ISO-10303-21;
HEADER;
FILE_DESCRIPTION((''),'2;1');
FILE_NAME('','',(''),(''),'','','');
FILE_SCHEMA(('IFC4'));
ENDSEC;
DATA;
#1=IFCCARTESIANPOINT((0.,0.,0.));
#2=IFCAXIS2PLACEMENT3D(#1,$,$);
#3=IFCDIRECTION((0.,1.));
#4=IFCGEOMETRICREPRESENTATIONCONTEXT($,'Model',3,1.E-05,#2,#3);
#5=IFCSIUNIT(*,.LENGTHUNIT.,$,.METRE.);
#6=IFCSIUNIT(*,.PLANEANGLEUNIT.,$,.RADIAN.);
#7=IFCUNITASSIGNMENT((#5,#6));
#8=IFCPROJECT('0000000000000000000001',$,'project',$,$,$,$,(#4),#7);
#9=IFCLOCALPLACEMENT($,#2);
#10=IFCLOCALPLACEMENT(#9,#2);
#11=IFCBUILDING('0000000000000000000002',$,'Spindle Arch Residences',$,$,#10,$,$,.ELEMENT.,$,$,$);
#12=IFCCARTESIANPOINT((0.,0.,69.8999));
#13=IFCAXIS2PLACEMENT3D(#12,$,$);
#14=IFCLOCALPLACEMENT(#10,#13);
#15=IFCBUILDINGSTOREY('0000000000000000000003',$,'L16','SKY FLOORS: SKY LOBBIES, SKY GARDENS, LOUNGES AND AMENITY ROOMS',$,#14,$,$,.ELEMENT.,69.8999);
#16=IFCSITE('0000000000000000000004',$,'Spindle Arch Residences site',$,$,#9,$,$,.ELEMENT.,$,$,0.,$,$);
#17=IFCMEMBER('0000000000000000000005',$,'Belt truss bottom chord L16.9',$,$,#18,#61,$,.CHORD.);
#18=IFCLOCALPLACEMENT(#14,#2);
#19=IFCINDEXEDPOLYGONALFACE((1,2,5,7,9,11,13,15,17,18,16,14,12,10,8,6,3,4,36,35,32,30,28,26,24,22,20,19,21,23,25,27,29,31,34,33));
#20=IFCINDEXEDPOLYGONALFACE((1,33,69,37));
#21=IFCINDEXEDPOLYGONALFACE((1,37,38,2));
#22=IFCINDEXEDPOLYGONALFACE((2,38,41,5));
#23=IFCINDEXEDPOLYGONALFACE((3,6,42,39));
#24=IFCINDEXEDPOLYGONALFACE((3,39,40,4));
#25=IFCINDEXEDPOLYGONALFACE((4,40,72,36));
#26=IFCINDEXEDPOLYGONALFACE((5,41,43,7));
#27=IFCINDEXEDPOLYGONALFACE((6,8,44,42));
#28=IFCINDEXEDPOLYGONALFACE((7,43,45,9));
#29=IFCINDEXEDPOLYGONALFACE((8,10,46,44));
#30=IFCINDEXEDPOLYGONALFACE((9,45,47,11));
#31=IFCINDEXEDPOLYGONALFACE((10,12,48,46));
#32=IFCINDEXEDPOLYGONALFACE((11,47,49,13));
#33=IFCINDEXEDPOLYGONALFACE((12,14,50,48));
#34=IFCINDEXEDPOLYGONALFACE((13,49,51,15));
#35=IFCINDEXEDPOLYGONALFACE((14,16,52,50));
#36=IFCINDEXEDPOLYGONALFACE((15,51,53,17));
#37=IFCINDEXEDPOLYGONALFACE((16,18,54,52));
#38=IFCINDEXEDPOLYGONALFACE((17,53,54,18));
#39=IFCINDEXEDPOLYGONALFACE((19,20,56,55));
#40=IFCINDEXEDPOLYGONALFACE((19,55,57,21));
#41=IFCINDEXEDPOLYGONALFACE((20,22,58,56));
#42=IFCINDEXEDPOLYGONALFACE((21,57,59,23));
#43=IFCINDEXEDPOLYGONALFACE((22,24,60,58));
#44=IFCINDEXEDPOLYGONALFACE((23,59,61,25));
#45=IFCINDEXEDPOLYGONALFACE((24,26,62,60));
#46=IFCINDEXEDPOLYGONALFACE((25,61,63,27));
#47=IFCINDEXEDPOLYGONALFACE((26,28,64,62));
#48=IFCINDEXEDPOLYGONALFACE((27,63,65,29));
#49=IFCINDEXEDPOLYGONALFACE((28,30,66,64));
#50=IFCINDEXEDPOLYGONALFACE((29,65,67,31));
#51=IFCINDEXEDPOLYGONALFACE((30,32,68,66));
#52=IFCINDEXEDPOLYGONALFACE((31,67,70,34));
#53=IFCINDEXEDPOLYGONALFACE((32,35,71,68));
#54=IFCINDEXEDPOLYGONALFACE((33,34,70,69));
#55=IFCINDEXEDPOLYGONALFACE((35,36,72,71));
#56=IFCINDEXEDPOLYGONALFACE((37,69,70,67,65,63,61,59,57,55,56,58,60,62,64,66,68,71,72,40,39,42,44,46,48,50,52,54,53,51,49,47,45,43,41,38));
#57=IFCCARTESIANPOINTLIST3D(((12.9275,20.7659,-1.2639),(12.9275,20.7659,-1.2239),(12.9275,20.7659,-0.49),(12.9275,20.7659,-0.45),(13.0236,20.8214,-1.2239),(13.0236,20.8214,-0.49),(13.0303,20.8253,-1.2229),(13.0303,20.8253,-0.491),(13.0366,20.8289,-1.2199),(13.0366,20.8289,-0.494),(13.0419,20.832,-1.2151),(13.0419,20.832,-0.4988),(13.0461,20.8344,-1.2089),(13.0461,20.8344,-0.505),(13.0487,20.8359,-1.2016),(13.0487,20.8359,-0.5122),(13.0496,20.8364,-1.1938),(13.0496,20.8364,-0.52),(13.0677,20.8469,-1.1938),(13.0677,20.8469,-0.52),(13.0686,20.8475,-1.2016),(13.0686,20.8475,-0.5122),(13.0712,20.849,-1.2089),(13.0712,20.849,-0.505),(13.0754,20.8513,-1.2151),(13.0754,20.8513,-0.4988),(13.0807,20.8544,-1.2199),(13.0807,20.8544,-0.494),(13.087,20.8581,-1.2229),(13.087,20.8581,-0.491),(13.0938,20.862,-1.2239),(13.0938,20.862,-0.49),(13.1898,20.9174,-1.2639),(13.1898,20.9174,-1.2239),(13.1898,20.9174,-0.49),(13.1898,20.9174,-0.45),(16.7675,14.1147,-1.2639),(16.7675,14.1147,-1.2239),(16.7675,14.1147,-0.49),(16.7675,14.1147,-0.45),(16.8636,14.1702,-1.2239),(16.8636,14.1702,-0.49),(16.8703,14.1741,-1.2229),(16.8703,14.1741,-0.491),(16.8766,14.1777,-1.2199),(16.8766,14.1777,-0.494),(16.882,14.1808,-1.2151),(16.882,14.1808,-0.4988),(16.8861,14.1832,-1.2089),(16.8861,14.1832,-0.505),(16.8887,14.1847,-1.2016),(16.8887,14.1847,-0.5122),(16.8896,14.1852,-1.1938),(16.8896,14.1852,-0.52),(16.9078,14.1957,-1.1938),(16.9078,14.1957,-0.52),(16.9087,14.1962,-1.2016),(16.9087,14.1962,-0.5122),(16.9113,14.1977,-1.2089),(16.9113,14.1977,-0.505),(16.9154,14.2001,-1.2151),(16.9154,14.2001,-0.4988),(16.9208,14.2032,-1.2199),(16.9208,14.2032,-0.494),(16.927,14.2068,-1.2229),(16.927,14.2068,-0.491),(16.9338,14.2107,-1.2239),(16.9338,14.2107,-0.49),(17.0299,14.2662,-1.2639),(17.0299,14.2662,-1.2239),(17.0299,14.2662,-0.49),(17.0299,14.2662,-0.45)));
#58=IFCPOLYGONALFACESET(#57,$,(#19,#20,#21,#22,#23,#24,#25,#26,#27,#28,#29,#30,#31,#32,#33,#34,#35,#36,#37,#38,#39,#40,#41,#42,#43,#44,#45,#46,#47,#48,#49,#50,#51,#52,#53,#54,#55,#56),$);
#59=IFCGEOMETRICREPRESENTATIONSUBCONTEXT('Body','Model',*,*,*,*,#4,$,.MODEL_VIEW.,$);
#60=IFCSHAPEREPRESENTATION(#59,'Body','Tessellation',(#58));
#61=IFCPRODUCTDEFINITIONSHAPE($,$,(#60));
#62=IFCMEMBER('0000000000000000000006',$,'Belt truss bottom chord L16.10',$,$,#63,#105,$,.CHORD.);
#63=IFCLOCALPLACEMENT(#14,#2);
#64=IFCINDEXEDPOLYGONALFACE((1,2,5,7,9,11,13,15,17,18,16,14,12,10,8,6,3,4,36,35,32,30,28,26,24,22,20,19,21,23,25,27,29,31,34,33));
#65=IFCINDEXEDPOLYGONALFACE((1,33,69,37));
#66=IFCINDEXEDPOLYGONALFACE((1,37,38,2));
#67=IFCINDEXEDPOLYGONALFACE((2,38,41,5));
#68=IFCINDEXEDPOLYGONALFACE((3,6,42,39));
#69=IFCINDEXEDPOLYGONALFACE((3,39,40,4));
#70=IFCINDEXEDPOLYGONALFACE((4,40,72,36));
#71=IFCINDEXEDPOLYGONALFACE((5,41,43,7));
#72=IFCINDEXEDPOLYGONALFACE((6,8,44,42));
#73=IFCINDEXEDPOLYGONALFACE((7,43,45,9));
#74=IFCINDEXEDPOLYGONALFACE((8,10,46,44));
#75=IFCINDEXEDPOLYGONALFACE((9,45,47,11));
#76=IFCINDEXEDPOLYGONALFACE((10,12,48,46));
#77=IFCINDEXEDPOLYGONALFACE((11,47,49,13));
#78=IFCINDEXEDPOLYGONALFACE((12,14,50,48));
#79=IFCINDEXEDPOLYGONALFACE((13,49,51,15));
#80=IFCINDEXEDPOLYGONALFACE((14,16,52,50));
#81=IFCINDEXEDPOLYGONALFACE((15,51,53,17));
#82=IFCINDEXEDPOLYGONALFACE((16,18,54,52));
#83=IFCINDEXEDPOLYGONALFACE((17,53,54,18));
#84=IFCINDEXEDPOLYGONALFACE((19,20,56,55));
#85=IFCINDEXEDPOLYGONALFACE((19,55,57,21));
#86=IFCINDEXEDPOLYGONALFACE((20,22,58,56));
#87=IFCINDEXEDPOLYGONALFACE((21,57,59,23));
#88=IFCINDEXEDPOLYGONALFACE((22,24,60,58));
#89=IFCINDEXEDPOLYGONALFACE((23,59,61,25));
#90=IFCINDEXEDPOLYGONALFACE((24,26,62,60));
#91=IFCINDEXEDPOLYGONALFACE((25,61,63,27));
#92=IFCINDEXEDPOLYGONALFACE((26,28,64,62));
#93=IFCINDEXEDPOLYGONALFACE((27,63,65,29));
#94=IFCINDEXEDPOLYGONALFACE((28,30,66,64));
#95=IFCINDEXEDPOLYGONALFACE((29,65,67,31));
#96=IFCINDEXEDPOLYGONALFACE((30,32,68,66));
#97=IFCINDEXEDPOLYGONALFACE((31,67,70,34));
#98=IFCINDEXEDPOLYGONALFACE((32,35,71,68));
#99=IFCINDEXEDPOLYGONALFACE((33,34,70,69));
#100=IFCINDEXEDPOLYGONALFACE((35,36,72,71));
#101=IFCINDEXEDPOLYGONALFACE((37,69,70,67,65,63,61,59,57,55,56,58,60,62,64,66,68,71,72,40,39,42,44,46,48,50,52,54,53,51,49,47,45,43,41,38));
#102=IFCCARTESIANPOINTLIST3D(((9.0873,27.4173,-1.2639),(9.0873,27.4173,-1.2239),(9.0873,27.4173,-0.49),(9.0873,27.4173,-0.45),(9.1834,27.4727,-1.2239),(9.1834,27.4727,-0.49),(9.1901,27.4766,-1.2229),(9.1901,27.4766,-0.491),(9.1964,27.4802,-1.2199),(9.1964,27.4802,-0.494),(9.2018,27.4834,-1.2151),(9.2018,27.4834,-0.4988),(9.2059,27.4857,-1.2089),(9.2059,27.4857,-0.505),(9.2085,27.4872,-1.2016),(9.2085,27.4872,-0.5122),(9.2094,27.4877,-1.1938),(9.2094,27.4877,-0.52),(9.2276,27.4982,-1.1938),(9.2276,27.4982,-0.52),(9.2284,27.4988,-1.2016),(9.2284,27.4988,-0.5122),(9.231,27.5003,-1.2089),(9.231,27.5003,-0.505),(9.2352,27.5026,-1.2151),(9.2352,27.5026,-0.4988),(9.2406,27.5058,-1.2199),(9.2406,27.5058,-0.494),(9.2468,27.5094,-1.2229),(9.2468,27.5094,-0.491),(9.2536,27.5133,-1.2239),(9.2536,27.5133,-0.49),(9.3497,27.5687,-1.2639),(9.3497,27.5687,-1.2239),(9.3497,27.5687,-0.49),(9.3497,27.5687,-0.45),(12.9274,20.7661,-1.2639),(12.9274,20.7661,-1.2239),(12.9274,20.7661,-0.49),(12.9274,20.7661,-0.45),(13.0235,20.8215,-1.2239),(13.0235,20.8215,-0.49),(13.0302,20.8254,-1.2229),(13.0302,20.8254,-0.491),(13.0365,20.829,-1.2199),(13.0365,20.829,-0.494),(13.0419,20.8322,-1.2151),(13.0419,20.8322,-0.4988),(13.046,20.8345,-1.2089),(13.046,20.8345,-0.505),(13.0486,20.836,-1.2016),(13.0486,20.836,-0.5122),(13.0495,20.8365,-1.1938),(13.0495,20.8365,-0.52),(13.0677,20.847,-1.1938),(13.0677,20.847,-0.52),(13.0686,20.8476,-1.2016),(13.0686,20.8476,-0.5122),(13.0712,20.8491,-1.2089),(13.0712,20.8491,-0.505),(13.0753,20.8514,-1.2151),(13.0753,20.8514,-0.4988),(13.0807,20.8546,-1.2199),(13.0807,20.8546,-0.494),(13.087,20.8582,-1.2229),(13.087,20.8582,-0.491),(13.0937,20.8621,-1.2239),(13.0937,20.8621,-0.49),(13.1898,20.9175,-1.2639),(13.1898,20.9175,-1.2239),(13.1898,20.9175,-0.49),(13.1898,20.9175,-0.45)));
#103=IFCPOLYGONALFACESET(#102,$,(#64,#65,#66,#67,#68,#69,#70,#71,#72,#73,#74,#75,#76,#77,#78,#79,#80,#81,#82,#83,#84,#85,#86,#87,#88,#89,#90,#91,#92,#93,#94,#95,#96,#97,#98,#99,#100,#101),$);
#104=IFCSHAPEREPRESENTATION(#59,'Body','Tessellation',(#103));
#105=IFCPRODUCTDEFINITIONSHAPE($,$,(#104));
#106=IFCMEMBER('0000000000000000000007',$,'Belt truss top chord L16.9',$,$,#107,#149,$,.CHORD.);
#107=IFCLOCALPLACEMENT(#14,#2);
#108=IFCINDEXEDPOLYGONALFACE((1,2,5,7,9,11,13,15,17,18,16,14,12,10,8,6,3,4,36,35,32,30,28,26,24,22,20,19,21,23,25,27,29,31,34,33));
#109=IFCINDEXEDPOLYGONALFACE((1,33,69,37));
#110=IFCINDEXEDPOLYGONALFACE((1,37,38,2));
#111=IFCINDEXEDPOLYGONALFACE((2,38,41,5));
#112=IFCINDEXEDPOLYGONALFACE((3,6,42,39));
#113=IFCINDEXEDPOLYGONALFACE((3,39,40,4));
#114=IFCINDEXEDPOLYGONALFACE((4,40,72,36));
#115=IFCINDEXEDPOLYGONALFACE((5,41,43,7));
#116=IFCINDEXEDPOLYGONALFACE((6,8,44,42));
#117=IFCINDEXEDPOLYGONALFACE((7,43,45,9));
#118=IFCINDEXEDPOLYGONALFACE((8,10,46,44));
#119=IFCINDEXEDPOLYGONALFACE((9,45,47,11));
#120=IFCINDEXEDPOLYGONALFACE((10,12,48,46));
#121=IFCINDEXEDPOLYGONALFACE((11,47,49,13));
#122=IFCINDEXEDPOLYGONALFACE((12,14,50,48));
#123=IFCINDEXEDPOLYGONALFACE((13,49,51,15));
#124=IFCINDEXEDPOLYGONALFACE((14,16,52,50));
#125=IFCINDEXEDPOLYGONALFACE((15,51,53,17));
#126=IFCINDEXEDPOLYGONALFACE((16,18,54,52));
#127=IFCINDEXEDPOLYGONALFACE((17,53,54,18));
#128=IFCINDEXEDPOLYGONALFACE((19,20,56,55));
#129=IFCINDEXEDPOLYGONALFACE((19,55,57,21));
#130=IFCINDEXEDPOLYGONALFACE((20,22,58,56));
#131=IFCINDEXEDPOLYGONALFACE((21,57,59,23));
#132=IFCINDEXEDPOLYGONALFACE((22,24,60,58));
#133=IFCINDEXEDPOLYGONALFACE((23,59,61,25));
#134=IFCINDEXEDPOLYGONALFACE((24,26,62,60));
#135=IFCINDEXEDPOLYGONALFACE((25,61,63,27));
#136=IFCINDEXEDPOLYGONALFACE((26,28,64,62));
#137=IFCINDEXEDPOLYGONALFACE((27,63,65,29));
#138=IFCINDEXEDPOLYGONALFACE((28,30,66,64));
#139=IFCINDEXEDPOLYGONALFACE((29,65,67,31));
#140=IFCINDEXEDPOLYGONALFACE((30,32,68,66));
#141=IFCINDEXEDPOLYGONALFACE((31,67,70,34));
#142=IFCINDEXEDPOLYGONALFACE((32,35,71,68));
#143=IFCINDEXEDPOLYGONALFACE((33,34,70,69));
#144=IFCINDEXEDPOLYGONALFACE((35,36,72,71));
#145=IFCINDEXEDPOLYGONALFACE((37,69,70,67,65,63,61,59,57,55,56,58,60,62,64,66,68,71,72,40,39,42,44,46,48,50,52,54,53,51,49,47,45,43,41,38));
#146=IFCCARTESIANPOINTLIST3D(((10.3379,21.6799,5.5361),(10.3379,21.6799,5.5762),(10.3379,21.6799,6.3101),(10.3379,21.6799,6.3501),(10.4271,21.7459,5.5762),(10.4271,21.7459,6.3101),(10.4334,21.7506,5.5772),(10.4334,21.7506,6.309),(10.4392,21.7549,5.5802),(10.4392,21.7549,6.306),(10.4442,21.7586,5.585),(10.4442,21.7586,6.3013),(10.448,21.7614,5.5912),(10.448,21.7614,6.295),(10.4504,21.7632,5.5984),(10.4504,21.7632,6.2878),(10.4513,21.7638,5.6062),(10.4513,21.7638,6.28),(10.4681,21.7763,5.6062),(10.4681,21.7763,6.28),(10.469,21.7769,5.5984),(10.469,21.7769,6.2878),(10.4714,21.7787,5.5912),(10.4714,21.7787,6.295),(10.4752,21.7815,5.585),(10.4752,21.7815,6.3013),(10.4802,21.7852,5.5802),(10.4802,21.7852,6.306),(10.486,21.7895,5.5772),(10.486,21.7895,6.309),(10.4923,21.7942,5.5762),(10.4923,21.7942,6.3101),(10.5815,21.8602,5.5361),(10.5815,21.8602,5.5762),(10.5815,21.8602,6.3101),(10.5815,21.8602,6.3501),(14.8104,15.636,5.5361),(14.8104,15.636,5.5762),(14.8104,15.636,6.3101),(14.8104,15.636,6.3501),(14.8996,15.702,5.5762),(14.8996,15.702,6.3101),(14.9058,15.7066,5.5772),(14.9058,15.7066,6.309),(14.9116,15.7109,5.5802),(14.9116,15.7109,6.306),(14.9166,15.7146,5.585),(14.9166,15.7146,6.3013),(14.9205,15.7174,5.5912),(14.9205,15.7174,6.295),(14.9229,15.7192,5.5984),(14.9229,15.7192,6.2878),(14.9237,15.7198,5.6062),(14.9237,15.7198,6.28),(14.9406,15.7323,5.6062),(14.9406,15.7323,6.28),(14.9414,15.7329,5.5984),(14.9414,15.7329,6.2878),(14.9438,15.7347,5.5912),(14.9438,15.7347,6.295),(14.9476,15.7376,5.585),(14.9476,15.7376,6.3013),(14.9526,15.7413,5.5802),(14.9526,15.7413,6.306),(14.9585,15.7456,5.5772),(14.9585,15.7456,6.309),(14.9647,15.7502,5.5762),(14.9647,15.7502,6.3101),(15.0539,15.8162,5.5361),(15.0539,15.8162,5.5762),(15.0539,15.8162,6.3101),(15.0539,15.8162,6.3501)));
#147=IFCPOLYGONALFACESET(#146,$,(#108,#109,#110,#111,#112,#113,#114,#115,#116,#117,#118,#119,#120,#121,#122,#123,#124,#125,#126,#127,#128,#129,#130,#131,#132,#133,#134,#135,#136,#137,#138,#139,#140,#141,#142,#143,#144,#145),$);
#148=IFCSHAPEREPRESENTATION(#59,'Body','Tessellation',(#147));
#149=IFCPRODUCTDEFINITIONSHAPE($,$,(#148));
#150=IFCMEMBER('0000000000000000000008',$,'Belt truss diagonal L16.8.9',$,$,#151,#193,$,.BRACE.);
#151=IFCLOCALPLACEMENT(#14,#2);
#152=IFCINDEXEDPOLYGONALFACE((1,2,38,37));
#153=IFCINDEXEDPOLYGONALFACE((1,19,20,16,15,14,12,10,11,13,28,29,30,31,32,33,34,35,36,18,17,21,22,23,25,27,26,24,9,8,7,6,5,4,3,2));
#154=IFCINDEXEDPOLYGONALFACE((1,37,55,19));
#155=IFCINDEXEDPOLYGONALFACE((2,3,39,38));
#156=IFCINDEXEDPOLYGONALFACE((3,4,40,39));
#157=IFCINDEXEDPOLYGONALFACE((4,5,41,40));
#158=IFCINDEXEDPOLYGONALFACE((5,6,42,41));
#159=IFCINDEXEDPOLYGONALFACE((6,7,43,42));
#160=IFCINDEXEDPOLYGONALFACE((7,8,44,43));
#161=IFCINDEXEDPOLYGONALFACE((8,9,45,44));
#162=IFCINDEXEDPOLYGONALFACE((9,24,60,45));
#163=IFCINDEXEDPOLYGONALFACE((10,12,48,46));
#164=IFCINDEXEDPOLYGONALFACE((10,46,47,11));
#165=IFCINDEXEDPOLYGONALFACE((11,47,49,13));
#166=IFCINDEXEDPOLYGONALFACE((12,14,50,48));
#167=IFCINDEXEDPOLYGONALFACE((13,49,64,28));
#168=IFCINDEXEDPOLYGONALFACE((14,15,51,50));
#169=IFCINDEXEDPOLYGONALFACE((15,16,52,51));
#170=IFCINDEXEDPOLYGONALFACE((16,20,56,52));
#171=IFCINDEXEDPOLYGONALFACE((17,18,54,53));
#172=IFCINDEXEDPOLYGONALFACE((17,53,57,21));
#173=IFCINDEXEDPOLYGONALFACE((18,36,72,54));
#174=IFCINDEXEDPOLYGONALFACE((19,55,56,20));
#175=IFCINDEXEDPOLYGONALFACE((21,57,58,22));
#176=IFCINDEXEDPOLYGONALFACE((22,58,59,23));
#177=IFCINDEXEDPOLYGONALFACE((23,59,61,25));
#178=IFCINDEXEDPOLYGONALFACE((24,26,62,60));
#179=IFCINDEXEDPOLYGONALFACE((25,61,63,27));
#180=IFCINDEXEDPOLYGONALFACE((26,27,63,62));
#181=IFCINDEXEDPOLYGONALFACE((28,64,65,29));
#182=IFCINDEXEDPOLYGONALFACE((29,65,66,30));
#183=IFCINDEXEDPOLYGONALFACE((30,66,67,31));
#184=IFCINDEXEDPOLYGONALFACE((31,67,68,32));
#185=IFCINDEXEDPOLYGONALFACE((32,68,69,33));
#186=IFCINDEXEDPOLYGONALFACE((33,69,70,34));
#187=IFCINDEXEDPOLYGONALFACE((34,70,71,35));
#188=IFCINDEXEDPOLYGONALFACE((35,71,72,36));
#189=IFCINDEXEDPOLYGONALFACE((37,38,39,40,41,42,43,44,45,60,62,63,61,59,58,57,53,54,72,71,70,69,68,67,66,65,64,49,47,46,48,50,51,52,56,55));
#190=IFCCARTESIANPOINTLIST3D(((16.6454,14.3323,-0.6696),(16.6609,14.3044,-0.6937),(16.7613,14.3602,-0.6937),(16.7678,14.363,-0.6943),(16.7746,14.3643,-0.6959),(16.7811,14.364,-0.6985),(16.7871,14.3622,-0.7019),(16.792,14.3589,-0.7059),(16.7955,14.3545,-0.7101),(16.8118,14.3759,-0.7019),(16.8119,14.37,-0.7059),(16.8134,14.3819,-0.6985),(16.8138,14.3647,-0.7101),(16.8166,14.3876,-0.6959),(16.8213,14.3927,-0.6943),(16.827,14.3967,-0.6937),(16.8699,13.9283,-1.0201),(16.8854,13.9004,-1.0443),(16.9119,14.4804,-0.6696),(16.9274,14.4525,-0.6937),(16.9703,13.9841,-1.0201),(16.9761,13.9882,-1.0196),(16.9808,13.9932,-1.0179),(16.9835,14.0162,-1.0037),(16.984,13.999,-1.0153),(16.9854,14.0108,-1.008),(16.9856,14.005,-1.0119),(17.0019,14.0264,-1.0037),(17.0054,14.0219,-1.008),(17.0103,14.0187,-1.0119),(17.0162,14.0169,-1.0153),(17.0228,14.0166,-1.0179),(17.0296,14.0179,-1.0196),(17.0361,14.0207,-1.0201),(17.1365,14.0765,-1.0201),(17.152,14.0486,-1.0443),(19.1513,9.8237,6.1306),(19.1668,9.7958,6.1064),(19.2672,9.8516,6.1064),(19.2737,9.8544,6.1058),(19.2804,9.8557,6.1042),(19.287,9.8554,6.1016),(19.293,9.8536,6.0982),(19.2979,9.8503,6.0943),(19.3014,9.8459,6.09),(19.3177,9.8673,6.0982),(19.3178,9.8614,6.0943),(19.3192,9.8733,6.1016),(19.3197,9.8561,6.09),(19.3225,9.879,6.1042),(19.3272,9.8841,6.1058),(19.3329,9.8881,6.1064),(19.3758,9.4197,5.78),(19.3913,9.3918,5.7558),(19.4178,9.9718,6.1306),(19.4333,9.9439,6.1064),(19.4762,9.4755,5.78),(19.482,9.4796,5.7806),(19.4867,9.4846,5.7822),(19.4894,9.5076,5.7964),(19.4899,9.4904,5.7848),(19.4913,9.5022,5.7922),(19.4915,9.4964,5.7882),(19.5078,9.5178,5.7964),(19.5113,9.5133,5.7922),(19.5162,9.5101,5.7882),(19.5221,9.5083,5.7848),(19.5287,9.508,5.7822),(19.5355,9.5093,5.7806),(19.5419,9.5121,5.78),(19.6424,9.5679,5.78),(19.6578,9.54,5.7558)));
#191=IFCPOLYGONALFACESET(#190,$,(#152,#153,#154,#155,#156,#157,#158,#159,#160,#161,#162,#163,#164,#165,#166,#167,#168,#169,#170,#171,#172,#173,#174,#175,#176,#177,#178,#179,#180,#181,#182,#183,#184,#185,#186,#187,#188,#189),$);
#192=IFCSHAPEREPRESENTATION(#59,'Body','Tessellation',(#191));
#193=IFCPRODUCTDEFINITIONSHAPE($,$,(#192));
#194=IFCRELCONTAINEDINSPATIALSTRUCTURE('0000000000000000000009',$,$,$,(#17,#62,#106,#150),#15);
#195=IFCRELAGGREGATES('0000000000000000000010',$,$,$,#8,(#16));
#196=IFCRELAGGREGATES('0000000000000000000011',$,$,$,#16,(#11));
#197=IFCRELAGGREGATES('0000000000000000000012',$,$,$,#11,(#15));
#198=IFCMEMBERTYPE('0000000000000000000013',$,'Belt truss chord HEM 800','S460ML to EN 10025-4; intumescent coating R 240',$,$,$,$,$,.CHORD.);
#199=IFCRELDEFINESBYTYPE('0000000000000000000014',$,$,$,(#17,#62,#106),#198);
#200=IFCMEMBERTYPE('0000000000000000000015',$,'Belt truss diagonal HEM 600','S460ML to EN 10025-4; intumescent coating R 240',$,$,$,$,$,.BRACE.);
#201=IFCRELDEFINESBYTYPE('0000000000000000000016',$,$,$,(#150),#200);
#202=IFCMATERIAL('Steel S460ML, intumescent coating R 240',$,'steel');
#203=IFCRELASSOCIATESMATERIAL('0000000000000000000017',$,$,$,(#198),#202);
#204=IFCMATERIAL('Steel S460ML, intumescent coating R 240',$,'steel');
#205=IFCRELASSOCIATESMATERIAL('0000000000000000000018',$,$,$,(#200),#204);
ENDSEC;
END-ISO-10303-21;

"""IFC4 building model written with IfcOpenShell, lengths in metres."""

from ifc_helpers import new_model, si_unit, direction, frame, origin, origin_2d, place, context, subcontext, project, spatial, i_section, extrude, material, material_profile, profile_set, type_object, element, save


model = new_model("IFC4")

# Units and contexts
model_context = context("Model", 3, precision=1e-05, world=origin(), true_north=direction((0.0, 1.0)))
body_context = subcontext(model_context, "Body", "Model", "MODEL_VIEW")
ifc_project = project(units=[si_unit("LENGTHUNIT", "METRE"), si_unit("PLANEANGLEUNIT", "RADIAN")], contexts=[model_context])

# Site, building, storey
site_placement = place(None, origin())
site = spatial("IfcSite", under=ifc_project, at=site_placement, Name="Spindle Arch Residences site", CompositionType="ELEMENT", RefElevation=0.0)
building_placement = place(site_placement, origin())
building = spatial("IfcBuilding", under=site, at=building_placement, Name="Spindle Arch Residences", CompositionType="ELEMENT")
storey_placement = place(building_placement, frame((0.0, 0.0, 69.8999)))
storey = spatial("IfcBuildingStorey", under=building, at=storey_placement, Name="L16", Description="SKY FLOORS: SKY LOBBIES, SKY GARDENS, LOUNGES AND AMENITY ROOMS", CompositionType="ELEMENT", Elevation=69.8999)

# Members
ifc_material_1 = material(Name="Steel S460ML, intumescent coating R 240", Category="steel")
ifc_material_profile_1 = material_profile(ifc_material_1, i_section(OverallWidth=0.303, OverallDepth=0.814, WebThickness=0.021, FlangeThickness=0.04, FilletRadius=0.03, at=origin_2d()), Name="HEM 800")
ifc_profile_set_1 = profile_set([ifc_material_profile_1], Name="Steel S460ML, intumescent coating R 240")
member_type_1 = type_object("IfcMemberType", Name="Belt truss chord HEM 800", Description="S460ML to EN 10025-4; intumescent coating R 240", PredefinedType="CHORD", material=ifc_profile_set_1)
for number, where, z_axis, x_axis, name in (
    (1, (16.8987, 14.1904, -0.8569), (-0.499992, 0.86603, 0.0), (-0.86603, -0.499992, 0.0), "Belt truss bottom chord L16.9"),
    (2, (13.0586, 20.8418, -0.8569), (-0.500006, 0.866022, 0.0), (-0.866022, -0.500006, 0.0), "Belt truss bottom chord L16.10"),
):
    element("IfcMember", number, at=place(storey_placement, frame(where, z_axis=z_axis, x_axis=x_axis)), inside=storey, type_object=member_type_1, Name=name, PredefinedType="CHORD", context=body_context, shape_type="SweptSolid", body=[
        extrude(i_section(OverallWidth=0.303, OverallDepth=0.814, WebThickness=0.021, FlangeThickness=0.04, FilletRadius=0.03, at=origin_2d()), origin(), (0.0, 0.0, 1.0), 7.6802),
    ])
member_1_placement = place(storey_placement, frame((14.9321, 15.7261, 5.9431), z_axis=(-0.594834, 0.803849, 0.0), x_axis=(-0.803849, -0.594834, 0.0)))
element("IfcMember", 3, at=member_1_placement, inside=storey, type_object=member_type_1, Name="Belt truss top chord L16.9", PredefinedType="CHORD", context=body_context, shape_type="SweptSolid", body=[
    extrude(i_section(OverallWidth=0.303, OverallDepth=0.814, WebThickness=0.021, FlangeThickness=0.04, FilletRadius=0.03, at=origin_2d()), origin(), (0.0, 0.0, 1.0), 7.5188),
])
ifc_material_2 = material(Name="Steel S460ML, intumescent coating R 240", Category="steel")
ifc_material_profile_2 = material_profile(ifc_material_2, i_section(OverallWidth=0.3049, OverallDepth=0.6201, WebThickness=0.021, FlangeThickness=0.04, FilletRadius=0.0271, at=origin_2d()), Name="HEM 600")
ifc_profile_set_2 = profile_set([ifc_material_profile_2], Name="Steel S460ML, intumescent coating R 240")
member_type_2 = type_object("IfcMemberType", Name="Belt truss diagonal HEM 600", Description="S460ML to EN 10025-4; intumescent coating R 240", PredefinedType="BRACE", material=ifc_profile_set_2)
member_2_placement = place(storey_placement, frame((16.8987, 14.1904, -0.8569), z_axis=(0.293597, -0.528239, 0.796721), x_axis=(0.874066, 0.485808, 0.0)))
element("IfcMember", 4, at=member_2_placement, inside=storey, type_object=member_type_2, Name="Belt truss diagonal L16.8.9", PredefinedType="BRACE", context=body_context, shape_type="SweptSolid", body=[
    extrude(i_section(OverallWidth=0.3049, OverallDepth=0.6201, WebThickness=0.021, FlangeThickness=0.04, FilletRadius=0.0271, at=origin_2d()), origin(), (0.0, 0.0, 1.0), 8.5352),
])

save(model, "model.ifc")
